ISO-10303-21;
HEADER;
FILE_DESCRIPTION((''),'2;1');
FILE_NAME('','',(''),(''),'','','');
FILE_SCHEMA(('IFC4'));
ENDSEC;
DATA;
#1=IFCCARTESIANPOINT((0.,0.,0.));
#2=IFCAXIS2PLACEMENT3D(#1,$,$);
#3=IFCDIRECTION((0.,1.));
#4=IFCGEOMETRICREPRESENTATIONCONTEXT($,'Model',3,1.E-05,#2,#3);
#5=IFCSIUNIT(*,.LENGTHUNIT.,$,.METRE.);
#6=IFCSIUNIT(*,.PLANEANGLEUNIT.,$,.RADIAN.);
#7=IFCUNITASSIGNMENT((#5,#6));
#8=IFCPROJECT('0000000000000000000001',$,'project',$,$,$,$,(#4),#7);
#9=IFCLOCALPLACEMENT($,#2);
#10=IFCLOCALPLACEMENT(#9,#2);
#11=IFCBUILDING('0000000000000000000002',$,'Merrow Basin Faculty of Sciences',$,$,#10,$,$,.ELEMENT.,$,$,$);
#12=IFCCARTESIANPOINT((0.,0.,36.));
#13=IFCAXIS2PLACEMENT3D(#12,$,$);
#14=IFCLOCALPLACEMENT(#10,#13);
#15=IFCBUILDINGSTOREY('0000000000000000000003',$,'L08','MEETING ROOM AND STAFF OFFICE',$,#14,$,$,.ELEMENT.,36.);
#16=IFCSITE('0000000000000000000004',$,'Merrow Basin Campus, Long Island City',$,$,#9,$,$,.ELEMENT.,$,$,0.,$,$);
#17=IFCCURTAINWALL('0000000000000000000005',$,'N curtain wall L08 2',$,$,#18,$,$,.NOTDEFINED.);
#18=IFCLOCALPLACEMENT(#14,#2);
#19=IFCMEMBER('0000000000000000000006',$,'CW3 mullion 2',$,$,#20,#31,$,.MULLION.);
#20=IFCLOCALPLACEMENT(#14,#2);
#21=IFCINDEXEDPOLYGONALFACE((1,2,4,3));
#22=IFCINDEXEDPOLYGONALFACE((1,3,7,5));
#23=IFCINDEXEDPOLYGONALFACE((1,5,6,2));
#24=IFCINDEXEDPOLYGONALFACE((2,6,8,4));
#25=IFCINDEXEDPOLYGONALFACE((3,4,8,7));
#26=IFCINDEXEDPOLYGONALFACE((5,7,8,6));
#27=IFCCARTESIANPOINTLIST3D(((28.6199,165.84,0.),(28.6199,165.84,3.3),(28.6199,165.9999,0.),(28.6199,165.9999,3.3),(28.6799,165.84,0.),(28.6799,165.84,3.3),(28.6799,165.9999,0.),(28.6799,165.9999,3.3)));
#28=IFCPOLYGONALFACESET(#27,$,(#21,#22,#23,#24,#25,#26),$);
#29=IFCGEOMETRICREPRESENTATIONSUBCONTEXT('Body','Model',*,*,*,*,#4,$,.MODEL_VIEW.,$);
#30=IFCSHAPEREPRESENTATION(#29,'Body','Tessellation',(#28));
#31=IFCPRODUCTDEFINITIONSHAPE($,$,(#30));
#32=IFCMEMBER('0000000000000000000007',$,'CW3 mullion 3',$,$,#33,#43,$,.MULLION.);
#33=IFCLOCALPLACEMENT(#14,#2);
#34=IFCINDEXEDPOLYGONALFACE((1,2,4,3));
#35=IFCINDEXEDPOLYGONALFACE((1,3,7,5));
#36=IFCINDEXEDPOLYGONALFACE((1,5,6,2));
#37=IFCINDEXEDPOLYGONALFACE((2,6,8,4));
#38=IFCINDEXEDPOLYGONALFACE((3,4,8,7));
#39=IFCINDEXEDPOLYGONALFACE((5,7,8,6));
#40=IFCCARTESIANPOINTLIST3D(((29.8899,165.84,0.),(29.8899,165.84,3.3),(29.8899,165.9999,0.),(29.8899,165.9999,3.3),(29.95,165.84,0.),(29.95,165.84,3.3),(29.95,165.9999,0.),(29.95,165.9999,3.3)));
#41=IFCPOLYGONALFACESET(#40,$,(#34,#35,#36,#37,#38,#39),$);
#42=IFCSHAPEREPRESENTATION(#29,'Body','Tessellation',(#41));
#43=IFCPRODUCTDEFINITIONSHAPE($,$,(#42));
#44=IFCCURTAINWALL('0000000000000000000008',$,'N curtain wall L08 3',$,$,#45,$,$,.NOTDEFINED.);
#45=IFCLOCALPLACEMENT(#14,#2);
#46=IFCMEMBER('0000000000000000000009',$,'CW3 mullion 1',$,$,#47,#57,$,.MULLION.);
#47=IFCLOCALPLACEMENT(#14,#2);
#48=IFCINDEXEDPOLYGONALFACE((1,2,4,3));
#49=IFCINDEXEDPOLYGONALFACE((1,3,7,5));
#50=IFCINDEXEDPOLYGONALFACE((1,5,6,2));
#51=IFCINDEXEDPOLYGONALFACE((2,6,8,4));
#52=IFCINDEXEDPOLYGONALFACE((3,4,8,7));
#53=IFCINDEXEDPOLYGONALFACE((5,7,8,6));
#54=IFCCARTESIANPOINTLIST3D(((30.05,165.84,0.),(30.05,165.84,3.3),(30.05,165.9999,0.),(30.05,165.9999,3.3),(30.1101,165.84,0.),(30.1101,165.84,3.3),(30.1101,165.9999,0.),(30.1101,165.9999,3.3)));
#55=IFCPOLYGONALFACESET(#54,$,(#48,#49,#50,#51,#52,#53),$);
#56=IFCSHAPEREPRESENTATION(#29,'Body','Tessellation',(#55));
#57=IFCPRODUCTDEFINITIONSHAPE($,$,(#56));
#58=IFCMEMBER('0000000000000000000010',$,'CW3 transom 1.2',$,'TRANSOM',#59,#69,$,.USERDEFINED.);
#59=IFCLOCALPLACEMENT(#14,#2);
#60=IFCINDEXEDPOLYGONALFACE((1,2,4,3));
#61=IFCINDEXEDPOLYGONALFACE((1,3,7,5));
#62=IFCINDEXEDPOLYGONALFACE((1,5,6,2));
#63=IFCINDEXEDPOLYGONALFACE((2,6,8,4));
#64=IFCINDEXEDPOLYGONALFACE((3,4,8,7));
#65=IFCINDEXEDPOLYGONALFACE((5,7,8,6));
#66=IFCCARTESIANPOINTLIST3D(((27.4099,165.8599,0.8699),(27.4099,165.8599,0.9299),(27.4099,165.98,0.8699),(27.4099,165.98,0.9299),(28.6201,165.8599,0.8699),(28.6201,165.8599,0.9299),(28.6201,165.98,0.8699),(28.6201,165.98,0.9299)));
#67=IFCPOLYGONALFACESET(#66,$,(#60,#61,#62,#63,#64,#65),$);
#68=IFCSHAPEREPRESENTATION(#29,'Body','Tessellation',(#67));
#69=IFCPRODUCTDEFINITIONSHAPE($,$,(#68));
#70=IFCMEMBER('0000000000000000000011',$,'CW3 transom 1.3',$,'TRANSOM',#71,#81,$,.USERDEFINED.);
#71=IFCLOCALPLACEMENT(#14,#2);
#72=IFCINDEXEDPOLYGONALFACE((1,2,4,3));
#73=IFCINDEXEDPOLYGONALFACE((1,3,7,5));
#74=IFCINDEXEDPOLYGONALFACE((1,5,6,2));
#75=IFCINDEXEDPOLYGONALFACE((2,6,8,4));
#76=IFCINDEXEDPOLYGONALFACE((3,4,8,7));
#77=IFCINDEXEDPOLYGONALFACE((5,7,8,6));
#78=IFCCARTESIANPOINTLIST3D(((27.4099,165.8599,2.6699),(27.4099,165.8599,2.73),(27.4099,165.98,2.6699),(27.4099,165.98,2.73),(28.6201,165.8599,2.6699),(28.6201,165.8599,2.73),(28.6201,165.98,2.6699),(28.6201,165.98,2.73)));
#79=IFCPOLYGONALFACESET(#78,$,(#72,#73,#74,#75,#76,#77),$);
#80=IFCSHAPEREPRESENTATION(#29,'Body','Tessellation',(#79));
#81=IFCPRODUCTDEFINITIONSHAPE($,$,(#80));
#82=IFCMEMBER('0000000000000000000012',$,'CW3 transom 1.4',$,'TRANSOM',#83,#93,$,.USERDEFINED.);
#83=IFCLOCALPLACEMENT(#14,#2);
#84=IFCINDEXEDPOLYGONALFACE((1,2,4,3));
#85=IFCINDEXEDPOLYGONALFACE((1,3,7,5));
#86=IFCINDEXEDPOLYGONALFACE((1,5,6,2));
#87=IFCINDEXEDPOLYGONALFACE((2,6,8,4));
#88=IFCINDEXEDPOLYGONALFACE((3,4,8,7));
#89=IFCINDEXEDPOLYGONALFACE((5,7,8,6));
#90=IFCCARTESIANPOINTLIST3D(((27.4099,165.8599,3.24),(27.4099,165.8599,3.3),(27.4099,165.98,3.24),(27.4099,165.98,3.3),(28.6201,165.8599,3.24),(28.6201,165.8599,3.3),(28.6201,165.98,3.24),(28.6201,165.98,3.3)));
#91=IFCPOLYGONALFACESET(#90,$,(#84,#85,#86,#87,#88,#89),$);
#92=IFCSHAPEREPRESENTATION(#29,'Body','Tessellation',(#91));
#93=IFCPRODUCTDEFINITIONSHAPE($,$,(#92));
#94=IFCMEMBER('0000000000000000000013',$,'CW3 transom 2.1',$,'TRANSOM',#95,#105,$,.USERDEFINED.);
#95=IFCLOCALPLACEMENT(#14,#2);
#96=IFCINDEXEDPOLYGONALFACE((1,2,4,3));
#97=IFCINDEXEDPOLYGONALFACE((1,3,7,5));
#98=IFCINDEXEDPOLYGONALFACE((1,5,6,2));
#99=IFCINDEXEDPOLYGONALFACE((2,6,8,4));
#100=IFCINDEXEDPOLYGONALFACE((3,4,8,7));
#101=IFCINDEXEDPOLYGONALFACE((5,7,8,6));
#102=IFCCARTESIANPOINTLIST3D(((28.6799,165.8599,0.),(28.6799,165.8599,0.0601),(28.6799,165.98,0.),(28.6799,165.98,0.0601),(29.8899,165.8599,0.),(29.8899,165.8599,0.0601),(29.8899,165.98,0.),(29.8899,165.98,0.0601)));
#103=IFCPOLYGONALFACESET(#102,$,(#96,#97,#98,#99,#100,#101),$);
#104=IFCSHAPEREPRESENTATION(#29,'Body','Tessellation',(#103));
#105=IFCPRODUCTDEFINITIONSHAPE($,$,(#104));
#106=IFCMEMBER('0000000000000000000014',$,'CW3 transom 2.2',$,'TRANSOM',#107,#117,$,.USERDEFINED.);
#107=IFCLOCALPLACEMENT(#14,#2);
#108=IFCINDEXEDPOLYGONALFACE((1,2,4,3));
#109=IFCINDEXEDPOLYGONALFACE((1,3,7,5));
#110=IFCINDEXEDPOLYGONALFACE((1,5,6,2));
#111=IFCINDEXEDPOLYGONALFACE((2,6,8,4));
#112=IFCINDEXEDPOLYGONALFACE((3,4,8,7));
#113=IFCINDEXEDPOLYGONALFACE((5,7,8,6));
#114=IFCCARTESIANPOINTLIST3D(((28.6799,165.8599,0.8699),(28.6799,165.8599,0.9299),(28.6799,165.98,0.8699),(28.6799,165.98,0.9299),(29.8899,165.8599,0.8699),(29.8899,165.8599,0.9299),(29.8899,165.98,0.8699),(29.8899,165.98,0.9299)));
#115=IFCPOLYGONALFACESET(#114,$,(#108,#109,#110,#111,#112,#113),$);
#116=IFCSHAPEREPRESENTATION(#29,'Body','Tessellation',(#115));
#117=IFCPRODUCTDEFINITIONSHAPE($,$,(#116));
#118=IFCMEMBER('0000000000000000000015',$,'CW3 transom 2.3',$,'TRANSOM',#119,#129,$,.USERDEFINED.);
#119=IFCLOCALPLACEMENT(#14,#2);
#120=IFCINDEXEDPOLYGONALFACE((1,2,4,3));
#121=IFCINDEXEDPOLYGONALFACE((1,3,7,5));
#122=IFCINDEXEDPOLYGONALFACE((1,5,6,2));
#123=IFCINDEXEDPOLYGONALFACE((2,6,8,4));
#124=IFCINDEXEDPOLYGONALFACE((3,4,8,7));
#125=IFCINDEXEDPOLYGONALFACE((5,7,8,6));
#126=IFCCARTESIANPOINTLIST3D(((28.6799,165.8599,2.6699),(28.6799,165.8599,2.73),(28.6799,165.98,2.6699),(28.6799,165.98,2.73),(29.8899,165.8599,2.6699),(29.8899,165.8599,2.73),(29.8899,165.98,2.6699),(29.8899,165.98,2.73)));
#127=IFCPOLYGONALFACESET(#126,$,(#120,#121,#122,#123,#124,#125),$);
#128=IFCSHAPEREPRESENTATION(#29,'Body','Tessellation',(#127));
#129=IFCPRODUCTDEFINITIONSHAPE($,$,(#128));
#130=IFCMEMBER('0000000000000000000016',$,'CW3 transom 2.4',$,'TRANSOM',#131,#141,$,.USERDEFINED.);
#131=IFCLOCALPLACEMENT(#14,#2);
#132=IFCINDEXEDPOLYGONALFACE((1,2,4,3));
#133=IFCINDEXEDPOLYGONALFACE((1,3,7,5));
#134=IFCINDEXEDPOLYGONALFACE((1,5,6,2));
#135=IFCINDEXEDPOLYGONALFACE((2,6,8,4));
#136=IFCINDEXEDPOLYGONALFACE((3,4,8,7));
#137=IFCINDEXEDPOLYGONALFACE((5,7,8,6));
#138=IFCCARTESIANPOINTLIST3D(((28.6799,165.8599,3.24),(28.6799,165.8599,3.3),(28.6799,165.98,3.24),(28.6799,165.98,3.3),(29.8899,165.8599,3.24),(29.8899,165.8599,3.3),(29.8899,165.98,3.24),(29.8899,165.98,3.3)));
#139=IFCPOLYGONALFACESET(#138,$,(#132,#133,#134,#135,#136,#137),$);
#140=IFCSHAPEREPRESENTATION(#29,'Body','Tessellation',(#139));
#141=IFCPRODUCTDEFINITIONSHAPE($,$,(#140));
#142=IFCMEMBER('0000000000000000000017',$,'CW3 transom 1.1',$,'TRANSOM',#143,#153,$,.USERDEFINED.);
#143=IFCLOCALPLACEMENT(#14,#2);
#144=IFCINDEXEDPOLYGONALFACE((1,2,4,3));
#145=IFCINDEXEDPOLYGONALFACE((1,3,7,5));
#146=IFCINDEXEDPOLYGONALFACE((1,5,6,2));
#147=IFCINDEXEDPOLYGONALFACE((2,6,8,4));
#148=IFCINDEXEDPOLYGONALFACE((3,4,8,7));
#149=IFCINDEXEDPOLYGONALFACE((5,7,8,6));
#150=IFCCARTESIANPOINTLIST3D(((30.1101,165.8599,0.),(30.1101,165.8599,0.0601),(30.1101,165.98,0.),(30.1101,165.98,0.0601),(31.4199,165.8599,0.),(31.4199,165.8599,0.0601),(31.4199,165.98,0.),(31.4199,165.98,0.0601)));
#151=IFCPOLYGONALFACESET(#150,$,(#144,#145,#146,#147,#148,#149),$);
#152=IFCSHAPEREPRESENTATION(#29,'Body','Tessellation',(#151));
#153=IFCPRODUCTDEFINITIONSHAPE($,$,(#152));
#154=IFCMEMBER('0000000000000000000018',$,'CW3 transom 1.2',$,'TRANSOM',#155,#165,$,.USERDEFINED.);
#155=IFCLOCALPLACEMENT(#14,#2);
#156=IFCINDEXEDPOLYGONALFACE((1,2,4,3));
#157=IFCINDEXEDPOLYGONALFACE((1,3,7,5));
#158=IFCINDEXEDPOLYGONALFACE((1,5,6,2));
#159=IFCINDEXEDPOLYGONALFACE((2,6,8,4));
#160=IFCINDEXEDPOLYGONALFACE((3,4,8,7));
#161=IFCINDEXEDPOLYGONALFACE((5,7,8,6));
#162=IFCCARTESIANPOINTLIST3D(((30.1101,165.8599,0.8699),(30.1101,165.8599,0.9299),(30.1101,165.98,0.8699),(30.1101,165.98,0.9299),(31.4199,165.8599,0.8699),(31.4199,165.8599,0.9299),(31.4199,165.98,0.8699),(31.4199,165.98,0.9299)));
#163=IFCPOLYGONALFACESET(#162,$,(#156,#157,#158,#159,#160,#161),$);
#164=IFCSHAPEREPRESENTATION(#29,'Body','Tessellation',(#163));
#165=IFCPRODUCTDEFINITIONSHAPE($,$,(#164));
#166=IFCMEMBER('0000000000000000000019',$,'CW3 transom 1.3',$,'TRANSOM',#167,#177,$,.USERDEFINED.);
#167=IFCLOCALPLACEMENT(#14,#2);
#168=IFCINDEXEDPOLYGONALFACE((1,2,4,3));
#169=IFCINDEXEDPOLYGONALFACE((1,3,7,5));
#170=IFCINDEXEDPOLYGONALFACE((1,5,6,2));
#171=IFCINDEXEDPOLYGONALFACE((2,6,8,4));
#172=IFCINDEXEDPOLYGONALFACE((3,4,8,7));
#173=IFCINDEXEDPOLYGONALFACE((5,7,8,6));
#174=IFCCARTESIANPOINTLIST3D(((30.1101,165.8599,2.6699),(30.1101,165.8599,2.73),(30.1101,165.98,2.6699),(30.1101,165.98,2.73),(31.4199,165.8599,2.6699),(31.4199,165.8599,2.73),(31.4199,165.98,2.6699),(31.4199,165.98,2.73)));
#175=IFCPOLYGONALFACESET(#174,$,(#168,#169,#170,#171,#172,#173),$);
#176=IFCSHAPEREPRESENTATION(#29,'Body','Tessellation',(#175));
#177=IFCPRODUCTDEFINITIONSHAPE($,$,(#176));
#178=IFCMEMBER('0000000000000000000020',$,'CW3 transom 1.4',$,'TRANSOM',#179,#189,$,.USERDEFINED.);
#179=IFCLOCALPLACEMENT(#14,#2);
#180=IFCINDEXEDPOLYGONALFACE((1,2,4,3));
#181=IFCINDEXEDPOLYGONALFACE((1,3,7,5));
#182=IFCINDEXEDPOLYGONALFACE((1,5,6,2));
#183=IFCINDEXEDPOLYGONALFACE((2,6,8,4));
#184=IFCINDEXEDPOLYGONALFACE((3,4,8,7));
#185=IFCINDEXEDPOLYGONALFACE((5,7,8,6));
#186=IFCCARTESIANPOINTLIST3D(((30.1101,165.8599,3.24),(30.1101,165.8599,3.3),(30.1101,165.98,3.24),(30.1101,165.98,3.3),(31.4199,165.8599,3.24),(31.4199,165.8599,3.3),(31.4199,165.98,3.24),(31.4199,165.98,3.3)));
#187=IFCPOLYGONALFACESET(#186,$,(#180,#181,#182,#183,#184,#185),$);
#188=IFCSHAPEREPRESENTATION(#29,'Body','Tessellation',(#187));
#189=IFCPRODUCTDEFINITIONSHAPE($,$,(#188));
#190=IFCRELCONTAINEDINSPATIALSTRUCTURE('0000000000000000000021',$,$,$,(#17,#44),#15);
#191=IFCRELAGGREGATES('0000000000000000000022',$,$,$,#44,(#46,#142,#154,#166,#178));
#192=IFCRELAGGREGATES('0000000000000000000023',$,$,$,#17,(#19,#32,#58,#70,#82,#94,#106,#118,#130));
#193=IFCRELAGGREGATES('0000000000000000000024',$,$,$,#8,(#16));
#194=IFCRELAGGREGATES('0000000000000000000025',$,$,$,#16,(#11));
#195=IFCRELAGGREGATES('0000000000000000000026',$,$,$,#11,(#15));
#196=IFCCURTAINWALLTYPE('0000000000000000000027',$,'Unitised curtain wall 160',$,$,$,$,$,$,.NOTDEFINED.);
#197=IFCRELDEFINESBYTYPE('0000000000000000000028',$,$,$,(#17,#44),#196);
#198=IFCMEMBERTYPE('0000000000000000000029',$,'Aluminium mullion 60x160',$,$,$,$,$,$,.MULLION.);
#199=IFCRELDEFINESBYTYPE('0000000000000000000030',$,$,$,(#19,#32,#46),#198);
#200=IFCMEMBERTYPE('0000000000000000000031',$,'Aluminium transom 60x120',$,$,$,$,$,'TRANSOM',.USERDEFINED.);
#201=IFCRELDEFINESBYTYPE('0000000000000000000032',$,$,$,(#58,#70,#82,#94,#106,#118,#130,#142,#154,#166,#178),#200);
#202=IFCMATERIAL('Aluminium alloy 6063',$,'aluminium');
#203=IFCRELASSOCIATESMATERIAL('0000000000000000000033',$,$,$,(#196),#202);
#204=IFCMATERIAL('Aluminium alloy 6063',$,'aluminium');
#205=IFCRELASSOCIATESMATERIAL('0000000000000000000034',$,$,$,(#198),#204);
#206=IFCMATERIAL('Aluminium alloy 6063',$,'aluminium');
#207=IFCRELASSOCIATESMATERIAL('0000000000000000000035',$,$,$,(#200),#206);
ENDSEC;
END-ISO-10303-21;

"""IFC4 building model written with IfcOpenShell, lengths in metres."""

from ifc_helpers import new_model, si_unit, direction, frame, origin, origin_2d, place, context, subcontext, project, spatial, rectangle, extrude, material, material_profile, profile_set, type_object, element, aggregate, save


model = new_model("IFC4")

# Units and contexts
model_context = context("Model", 3, precision=1e-05, world=origin(), true_north=direction((0.0, 1.0)))
body_context = subcontext(model_context, "Body", "Model", "MODEL_VIEW")
ifc_project = project(units=[si_unit("LENGTHUNIT", "METRE"), si_unit("PLANEANGLEUNIT", "RADIAN")], contexts=[model_context])

# Site, building, storey
site_placement = place(None, origin())
site = spatial("IfcSite", under=ifc_project, at=site_placement, Name="Merrow Basin Campus, Long Island City", CompositionType="ELEMENT", RefElevation=0.0)
building_placement = place(site_placement, origin())
building = spatial("IfcBuilding", under=site, at=building_placement, Name="Merrow Basin Faculty of Sciences", CompositionType="ELEMENT")
storey_placement = place(building_placement, frame((0.0, 0.0, 36.0)))
storey = spatial("IfcBuildingStorey", under=building, at=storey_placement, Name="L08", Description="MEETING ROOM AND STAFF OFFICE", CompositionType="ELEMENT", Elevation=36.0)

# Curtain wall, members
ifc_material_1 = material(Name="Aluminium alloy 6063", Category="aluminium")
curtain_wall_type = type_object("IfcCurtainWallType", Name="Unitised curtain wall 160", PredefinedType="NOTDEFINED", material=ifc_material_1)
curtain_wall_1_placement = place(storey_placement, origin())
curtain_wall_1 = element("IfcCurtainWall", 1, at=curtain_wall_1_placement, inside=storey, type_object=curtain_wall_type, Name="N curtain wall L08 2", PredefinedType="NOTDEFINED")
ifc_material_2 = material(Name="Aluminium alloy 6063", Category="aluminium")
ifc_material_profile_1 = material_profile(ifc_material_2, rectangle(XDim=0.1599, YDim=0.0601, at=origin_2d()))
ifc_profile_set_1 = profile_set([ifc_material_profile_1], Name="Aluminium alloy 6063")
member_type_1 = type_object("IfcMemberType", Name="Aluminium mullion 60x160", PredefinedType="MULLION", material=ifc_profile_set_1)
member_1_placement = place(storey_placement, frame((28.6499, 165.9199, 0.0), z_axis=(0.0, 0.0, 1.0), x_axis=(0.0, 1.0, 0.0)))
member_1 = element("IfcMember", 2, at=member_1_placement, type_object=member_type_1, Name="CW3 mullion 2", PredefinedType="MULLION", context=body_context, shape_type="SweptSolid", body=[
    extrude(rectangle(XDim=0.1599, YDim=0.0601, at=origin_2d()), origin(), (0.0, 0.0, 1.0), 3.3),
])
member_2_placement = place(storey_placement, frame((29.9199, 165.9199, 0.0), z_axis=(0.0, 0.0, 1.0), x_axis=(0.0, 1.0, 0.0)))
member_2 = element("IfcMember", 3, at=member_2_placement, type_object=member_type_1, Name="CW3 mullion 3", PredefinedType="MULLION", context=body_context, shape_type="SweptSolid", body=[
    extrude(rectangle(XDim=0.1599, YDim=0.0601, at=origin_2d()), origin(), (0.0, 0.0, 1.0), 3.3),
])

# Curtain wall, member
curtain_wall_2_placement = place(storey_placement, origin())
curtain_wall_2 = element("IfcCurtainWall", 4, at=curtain_wall_2_placement, inside=storey, type_object=curtain_wall_type, Name="N curtain wall L08 3", PredefinedType="NOTDEFINED")
member_3_placement = place(storey_placement, frame((30.0801, 165.9199, 0.0), z_axis=(0.0, 0.0, 1.0), x_axis=(0.0, 1.0, 0.0)))
member_3 = element("IfcMember", 5, at=member_3_placement, type_object=member_type_1, Name="CW3 mullion 1", PredefinedType="MULLION", context=body_context, shape_type="SweptSolid", body=[
    extrude(rectangle(XDim=0.1599, YDim=0.0601, at=origin_2d()), origin(), (0.0, 0.0, 1.0), 3.3),
])

# Members
ifc_material_3 = material(Name="Aluminium alloy 6063", Category="aluminium")
ifc_material_profile_2 = material_profile(ifc_material_3, rectangle(XDim=0.1201, YDim=0.0601, at=origin_2d()))
ifc_profile_set_2 = profile_set([ifc_material_profile_2], Name="Aluminium alloy 6063")
member_type_2 = type_object("IfcMemberType", Name="Aluminium transom 60x120", ElementType="TRANSOM", PredefinedType="USERDEFINED", material=ifc_profile_set_2)
member_4_placement = place(storey_placement, frame((27.4099, 165.9199, 0.8999), z_axis=(1.0, 0.0, 0.0), x_axis=(0.0, 1.0, 0.0)))
member_4 = element("IfcMember", 6, at=member_4_placement, type_object=member_type_2, Name="CW3 transom 1.2", ObjectType="TRANSOM", PredefinedType="USERDEFINED", context=body_context, shape_type="SweptSolid", body=[
    extrude(rectangle(XDim=0.1201, YDim=0.0601, at=origin_2d()), origin(), (0.0, 0.0, 1.0), 1.2102),
])
member_5_placement = place(storey_placement, frame((27.4099, 165.9199, 2.7), z_axis=(1.0, 0.0, 0.0), x_axis=(0.0, 1.0, 0.0)))
member_5 = element("IfcMember", 7, at=member_5_placement, type_object=member_type_2, Name="CW3 transom 1.3", ObjectType="TRANSOM", PredefinedType="USERDEFINED", context=body_context, shape_type="SweptSolid", body=[
    extrude(rectangle(XDim=0.1201, YDim=0.0601, at=origin_2d()), origin(), (0.0, 0.0, 1.0), 1.2102),
])
member_6_placement = place(storey_placement, frame((27.4099, 165.9199, 3.27), z_axis=(1.0, 0.0, 0.0), x_axis=(0.0, 1.0, 0.0)))
member_6 = element("IfcMember", 8, at=member_6_placement, type_object=member_type_2, Name="CW3 transom 1.4", ObjectType="TRANSOM", PredefinedType="USERDEFINED", context=body_context, shape_type="SweptSolid", body=[
    extrude(rectangle(XDim=0.1201, YDim=0.0601, at=origin_2d()), origin(), (0.0, 0.0, 1.0), 1.2102),
])
member_7_placement = place(storey_placement, frame((28.6799, 165.9199, 0.03), z_axis=(1.0, 0.0, 0.0), x_axis=(0.0, 1.0, 0.0)))
member_7 = element("IfcMember", 9, at=member_7_placement, type_object=member_type_2, Name="CW3 transom 2.1", ObjectType="TRANSOM", PredefinedType="USERDEFINED", context=body_context, shape_type="SweptSolid", body=[
    extrude(rectangle(XDim=0.1201, YDim=0.0601, at=origin_2d()), origin(), (0.0, 0.0, 1.0), 1.21),
])
member_8_placement = place(storey_placement, frame((28.6799, 165.9199, 0.8999), z_axis=(1.0, 0.0, 0.0), x_axis=(0.0, 1.0, 0.0)))
member_8 = element("IfcMember", 10, at=member_8_placement, type_object=member_type_2, Name="CW3 transom 2.2", ObjectType="TRANSOM", PredefinedType="USERDEFINED", context=body_context, shape_type="SweptSolid", body=[
    extrude(rectangle(XDim=0.1201, YDim=0.0601, at=origin_2d()), origin(), (0.0, 0.0, 1.0), 1.21),
])
member_9_placement = place(storey_placement, frame((28.6799, 165.9199, 2.7), z_axis=(1.0, 0.0, 0.0), x_axis=(0.0, 1.0, 0.0)))
member_9 = element("IfcMember", 11, at=member_9_placement, type_object=member_type_2, Name="CW3 transom 2.3", ObjectType="TRANSOM", PredefinedType="USERDEFINED", context=body_context, shape_type="SweptSolid", body=[
    extrude(rectangle(XDim=0.1201, YDim=0.0601, at=origin_2d()), origin(), (0.0, 0.0, 1.0), 1.21),
])
member_10_placement = place(storey_placement, frame((28.6799, 165.9199, 3.27), z_axis=(1.0, 0.0, 0.0), x_axis=(0.0, 1.0, 0.0)))
member_10 = element("IfcMember", 12, at=member_10_placement, type_object=member_type_2, Name="CW3 transom 2.4", ObjectType="TRANSOM", PredefinedType="USERDEFINED", context=body_context, shape_type="SweptSolid", body=[
    extrude(rectangle(XDim=0.1201, YDim=0.0601, at=origin_2d()), origin(), (0.0, 0.0, 1.0), 1.21),
])
member_11_placement = place(storey_placement, frame((30.1101, 165.9199, 0.03), z_axis=(1.0, 0.0, 0.0), x_axis=(0.0, 1.0, 0.0)))
member_11 = element("IfcMember", 13, at=member_11_placement, type_object=member_type_2, Name="CW3 transom 1.1", ObjectType="TRANSOM", PredefinedType="USERDEFINED", context=body_context, shape_type="SweptSolid", body=[
    extrude(rectangle(XDim=0.1201, YDim=0.0601, at=origin_2d()), origin(), (0.0, 0.0, 1.0), 1.3098),
])
member_12_placement = place(storey_placement, frame((30.1101, 165.9199, 0.8999), z_axis=(1.0, 0.0, 0.0), x_axis=(0.0, 1.0, 0.0)))
member_12 = element("IfcMember", 14, at=member_12_placement, type_object=member_type_2, Name="CW3 transom 1.2", ObjectType="TRANSOM", PredefinedType="USERDEFINED", context=body_context, shape_type="SweptSolid", body=[
    extrude(rectangle(XDim=0.1201, YDim=0.0601, at=origin_2d()), origin(), (0.0, 0.0, 1.0), 1.3098),
])
member_13_placement = place(storey_placement, frame((30.1101, 165.9199, 2.7), z_axis=(1.0, 0.0, 0.0), x_axis=(0.0, 1.0, 0.0)))
member_13 = element("IfcMember", 15, at=member_13_placement, type_object=member_type_2, Name="CW3 transom 1.3", ObjectType="TRANSOM", PredefinedType="USERDEFINED", context=body_context, shape_type="SweptSolid", body=[
    extrude(rectangle(XDim=0.1201, YDim=0.0601, at=origin_2d()), origin(), (0.0, 0.0, 1.0), 1.3098),
])
member_14_placement = place(storey_placement, frame((30.1101, 165.9199, 3.27), z_axis=(1.0, 0.0, 0.0), x_axis=(0.0, 1.0, 0.0)))
member_14 = element("IfcMember", 16, at=member_14_placement, type_object=member_type_2, Name="CW3 transom 1.4", ObjectType="TRANSOM", PredefinedType="USERDEFINED", context=body_context, shape_type="SweptSolid", body=[
    extrude(rectangle(XDim=0.1201, YDim=0.0601, at=origin_2d()), origin(), (0.0, 0.0, 1.0), 1.3098),
])
aggregate(curtain_wall_2, [member_3, member_11, member_12, member_13, member_14])

aggregate(curtain_wall_1, [member_1, member_2, member_4, member_5, member_6, member_7, member_8, member_9, member_10])

save(model, "model.ifc")
